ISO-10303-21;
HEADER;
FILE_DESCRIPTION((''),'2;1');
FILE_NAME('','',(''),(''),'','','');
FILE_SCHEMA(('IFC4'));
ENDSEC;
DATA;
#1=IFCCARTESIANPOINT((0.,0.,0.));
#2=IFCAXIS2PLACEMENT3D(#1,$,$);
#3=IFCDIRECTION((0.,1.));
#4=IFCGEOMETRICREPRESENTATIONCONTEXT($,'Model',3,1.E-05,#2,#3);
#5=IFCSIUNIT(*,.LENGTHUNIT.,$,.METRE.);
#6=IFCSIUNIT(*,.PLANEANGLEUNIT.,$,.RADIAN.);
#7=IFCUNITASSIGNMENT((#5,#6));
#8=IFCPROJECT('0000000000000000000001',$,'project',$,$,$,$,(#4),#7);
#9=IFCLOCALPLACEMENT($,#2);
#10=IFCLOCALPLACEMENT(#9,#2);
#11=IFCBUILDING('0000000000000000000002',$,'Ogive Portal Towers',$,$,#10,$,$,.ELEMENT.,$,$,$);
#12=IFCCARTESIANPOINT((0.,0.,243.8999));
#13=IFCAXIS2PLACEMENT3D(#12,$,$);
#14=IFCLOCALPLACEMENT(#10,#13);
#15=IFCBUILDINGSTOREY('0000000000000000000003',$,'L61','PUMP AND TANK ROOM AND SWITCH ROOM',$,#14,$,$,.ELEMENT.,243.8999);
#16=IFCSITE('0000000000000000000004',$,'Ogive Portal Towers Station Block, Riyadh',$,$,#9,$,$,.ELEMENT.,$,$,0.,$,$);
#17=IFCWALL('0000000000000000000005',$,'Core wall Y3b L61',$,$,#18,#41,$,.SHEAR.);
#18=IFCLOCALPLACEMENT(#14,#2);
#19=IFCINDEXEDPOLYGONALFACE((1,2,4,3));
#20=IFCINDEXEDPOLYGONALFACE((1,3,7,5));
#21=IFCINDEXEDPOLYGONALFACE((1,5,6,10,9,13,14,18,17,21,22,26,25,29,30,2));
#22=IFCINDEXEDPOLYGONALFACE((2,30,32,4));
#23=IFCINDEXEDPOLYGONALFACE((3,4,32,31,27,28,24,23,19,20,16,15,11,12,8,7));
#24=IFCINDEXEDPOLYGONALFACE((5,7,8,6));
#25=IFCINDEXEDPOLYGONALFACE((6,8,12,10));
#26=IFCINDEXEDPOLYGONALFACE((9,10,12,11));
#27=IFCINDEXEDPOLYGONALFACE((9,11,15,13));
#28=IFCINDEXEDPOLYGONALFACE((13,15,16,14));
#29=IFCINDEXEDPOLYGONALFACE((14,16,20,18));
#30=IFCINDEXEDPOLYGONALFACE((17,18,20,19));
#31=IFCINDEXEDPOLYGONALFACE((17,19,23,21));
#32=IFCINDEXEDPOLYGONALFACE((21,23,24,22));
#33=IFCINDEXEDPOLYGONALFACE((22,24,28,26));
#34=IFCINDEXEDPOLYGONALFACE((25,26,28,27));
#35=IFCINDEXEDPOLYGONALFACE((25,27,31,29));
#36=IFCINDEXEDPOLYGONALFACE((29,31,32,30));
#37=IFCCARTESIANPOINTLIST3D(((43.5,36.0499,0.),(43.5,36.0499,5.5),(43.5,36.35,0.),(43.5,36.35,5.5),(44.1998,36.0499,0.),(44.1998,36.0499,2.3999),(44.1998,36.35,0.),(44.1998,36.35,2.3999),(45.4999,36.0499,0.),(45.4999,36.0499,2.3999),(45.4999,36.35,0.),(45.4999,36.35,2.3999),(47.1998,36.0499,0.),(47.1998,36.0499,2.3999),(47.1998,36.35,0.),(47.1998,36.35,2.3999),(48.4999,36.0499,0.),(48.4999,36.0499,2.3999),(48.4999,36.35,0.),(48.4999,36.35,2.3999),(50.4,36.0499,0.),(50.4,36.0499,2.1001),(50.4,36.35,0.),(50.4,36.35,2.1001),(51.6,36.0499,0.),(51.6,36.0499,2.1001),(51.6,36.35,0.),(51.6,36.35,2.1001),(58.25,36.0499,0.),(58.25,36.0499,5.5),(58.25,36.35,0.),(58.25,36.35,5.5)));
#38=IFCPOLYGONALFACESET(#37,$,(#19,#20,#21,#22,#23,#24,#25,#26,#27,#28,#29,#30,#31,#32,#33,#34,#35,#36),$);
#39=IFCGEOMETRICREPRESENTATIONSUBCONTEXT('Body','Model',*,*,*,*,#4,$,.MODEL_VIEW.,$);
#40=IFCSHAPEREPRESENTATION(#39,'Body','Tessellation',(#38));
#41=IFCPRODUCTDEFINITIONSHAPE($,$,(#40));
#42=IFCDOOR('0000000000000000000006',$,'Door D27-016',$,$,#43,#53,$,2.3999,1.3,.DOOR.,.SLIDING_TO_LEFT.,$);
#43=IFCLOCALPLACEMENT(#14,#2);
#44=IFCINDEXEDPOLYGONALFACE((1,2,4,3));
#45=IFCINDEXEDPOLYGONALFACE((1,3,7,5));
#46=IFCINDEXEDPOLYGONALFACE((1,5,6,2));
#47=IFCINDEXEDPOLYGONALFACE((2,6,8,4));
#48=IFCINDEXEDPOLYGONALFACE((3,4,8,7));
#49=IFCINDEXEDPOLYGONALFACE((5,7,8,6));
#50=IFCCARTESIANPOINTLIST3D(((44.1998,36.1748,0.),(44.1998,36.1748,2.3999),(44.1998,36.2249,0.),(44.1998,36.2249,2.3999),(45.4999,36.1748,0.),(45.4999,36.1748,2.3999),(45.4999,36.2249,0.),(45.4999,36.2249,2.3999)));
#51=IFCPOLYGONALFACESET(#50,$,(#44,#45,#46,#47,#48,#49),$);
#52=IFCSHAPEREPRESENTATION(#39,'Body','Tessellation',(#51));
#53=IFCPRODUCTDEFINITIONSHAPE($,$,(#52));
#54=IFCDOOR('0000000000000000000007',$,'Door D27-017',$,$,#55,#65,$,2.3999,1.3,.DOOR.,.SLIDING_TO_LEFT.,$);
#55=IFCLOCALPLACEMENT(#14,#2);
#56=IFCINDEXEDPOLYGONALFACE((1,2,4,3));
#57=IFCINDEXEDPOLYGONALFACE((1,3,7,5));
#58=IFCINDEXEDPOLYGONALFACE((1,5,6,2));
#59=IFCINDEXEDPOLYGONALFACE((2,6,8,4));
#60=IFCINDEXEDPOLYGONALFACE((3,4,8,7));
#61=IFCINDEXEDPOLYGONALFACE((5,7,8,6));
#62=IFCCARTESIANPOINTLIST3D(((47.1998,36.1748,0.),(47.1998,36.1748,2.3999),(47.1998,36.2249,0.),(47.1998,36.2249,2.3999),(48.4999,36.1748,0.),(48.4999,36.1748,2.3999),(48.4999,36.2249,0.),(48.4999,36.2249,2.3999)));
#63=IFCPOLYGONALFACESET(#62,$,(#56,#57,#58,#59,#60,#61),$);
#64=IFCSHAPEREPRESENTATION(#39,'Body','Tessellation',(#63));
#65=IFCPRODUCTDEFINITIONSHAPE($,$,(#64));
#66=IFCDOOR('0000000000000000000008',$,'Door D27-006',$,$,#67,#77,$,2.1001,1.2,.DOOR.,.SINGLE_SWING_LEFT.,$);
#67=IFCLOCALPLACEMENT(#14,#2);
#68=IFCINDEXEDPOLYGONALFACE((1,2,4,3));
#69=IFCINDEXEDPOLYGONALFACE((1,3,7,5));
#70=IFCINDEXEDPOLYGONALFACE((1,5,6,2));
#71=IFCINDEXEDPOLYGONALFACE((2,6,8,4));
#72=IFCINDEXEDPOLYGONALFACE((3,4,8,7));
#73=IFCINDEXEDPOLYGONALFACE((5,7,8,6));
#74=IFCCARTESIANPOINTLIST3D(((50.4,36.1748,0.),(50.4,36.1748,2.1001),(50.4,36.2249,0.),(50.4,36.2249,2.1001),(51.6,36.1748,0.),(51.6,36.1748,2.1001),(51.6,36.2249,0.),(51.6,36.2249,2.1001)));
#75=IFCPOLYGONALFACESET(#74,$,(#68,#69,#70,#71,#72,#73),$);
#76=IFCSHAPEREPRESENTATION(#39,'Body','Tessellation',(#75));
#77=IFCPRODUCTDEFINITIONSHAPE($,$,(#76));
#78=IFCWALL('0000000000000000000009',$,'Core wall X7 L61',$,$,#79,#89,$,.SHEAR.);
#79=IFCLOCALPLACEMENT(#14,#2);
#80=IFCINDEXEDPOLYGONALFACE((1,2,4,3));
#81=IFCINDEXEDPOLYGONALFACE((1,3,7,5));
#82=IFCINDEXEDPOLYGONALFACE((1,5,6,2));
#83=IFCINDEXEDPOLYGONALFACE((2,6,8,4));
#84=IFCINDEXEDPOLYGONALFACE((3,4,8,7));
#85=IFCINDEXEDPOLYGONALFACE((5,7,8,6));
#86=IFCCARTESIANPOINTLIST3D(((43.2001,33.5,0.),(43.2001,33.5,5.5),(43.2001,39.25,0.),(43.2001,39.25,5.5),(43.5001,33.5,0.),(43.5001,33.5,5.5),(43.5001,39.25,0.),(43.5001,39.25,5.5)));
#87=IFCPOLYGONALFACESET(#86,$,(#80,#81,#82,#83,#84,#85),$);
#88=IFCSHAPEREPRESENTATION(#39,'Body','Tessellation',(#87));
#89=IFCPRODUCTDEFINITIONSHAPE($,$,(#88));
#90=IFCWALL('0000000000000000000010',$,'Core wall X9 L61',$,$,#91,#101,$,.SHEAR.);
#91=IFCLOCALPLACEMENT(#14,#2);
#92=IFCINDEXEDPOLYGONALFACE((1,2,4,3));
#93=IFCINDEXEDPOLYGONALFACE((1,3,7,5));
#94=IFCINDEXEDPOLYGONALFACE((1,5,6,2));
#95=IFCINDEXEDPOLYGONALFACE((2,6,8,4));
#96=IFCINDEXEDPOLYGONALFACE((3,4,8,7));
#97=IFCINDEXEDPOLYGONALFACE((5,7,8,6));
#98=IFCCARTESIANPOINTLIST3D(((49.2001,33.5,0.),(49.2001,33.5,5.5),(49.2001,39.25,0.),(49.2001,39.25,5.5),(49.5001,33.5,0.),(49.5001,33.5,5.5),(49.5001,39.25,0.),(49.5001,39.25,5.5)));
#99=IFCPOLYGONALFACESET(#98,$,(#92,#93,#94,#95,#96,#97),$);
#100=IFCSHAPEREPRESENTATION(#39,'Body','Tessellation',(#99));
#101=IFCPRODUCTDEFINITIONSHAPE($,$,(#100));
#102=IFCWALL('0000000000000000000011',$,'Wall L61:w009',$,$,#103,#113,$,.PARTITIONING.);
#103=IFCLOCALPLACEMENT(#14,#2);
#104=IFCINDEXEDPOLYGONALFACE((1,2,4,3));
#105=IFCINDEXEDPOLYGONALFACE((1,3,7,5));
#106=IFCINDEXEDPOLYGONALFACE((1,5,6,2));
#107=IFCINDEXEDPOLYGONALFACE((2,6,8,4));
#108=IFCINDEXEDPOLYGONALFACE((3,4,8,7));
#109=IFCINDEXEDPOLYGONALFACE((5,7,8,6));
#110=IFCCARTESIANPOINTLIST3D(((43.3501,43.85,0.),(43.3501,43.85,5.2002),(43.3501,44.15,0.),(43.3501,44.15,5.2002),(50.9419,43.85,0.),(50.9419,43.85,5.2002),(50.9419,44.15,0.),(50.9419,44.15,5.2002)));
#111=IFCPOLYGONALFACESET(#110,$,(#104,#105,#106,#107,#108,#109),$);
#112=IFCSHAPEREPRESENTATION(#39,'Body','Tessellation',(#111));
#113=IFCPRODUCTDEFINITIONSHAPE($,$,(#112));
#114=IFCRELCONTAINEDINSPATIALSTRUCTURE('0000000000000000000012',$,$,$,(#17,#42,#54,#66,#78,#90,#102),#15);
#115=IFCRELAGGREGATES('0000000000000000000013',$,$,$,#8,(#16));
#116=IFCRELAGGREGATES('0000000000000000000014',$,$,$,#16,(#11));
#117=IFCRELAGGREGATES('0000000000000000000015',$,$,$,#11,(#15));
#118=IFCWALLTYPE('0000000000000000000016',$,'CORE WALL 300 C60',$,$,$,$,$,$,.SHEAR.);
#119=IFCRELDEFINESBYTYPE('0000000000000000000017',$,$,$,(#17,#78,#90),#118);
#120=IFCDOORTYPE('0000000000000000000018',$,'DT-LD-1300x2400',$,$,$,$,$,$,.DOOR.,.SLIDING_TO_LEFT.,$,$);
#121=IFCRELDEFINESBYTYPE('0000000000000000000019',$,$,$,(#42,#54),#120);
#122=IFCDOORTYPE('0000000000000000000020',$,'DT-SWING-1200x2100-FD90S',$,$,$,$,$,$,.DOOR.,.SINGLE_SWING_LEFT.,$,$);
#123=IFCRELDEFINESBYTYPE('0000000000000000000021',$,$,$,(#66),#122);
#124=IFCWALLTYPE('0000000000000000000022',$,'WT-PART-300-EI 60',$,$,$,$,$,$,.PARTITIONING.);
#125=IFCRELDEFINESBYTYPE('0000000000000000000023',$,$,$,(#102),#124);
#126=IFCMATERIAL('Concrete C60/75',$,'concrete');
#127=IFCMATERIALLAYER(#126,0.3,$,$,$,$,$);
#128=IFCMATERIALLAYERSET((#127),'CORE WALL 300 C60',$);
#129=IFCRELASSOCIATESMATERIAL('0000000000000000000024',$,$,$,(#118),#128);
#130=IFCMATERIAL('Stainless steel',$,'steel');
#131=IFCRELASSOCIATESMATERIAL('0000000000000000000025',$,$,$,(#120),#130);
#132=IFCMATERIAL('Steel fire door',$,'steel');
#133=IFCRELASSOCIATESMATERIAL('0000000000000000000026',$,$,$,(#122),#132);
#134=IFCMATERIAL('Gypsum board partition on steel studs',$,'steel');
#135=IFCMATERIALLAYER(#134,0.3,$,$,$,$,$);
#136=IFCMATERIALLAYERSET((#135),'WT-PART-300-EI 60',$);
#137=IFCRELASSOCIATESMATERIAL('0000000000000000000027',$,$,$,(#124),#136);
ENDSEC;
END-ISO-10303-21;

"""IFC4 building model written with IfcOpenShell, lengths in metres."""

from ifc_helpers import new_model, si_unit, direction, frame, frame_2d, origin, place, context, subcontext, project, spatial, rectangle, extrude, material, layer, layer_set, type_object, element, fill, save


model = new_model("IFC4")

# Units and contexts
model_context = context("Model", 3, precision=1e-05, world=origin(), true_north=direction((0.0, 1.0)))
body_context = subcontext(model_context, "Body", "Model", "MODEL_VIEW")
ifc_project = project(units=[si_unit("LENGTHUNIT", "METRE"), si_unit("PLANEANGLEUNIT", "RADIAN")], contexts=[model_context])

# Site, building, storey
site_placement = place(None, origin())
site = spatial("IfcSite", under=ifc_project, at=site_placement, Name="Ogive Portal Towers Station Block, Riyadh", CompositionType="ELEMENT", RefElevation=0.0)
building_placement = place(site_placement, origin())
building = spatial("IfcBuilding", under=site, at=building_placement, Name="Ogive Portal Towers", CompositionType="ELEMENT")
storey_placement = place(building_placement, frame((0.0, 0.0, 243.8999)))
storey = spatial("IfcBuildingStorey", under=building, at=storey_placement, Name="L61", Description="PUMP AND TANK ROOM AND SWITCH ROOM", CompositionType="ELEMENT", Elevation=243.8999)

# Wall, openings, doors
ifc_material_1 = material(Name="Concrete C60/75", Category="concrete")
ifc_layer_1 = layer(ifc_material_1, 0.3)
ifc_layer_set_1 = layer_set([ifc_layer_1], Name="CORE WALL 300 C60")
wall_type_1 = type_object("IfcWallType", Name="CORE WALL 300 C60", PredefinedType="SHEAR", material=ifc_layer_set_1)
wall_1_placement = place(storey_placement, frame((43.5, 36.2, 0.0), z_axis=(0.0, 0.0, 1.0), x_axis=(1.0, 0.0, 0.0)))
wall_1 = element("IfcWall", 1, at=wall_1_placement, inside=storey, type_object=wall_type_1, Name="Core wall Y3b L61", PredefinedType="SHEAR", context=body_context, shape_type="SweptSolid", body=[
    extrude(rectangle(XDim=14.75, YDim=0.3, at=frame_2d((7.375, 0.0))), origin(), (0.0, 0.0, 1.0), 5.5),
])
opening_1_placement = place(wall_1_placement, frame((6.8999, 0.0, 0.0)))
opening_1 = element("IfcOpeningElement", 2, at=opening_1_placement, cuts=wall_1, PredefinedType="OPENING", context=body_context, shape_type="SweptSolid", body=[
    extrude(rectangle(XDim=1.2, YDim=2.1001, at=frame_2d((0.6001, 1.05))), frame((0.0, 0.1602, 0.0), z_axis=(0.0, -1.0, 0.0), x_axis=(1.0, 0.0, 0.0)), (0.0, 0.0, 1.0), 0.3201),
])
opening_2_placement = place(wall_1_placement, frame((0.7, 0.0, 0.0)))
opening_2 = element("IfcOpeningElement", 3, at=opening_2_placement, cuts=wall_1, PredefinedType="OPENING", context=body_context, shape_type="SweptSolid", body=[
    extrude(rectangle(XDim=1.3, YDim=2.3999, at=frame_2d((0.6499, 1.2))), frame((0.0, 0.1602, 0.0), z_axis=(0.0, -1.0, 0.0), x_axis=(1.0, 0.0, 0.0)), (0.0, 0.0, 1.0), 0.3201),
])
opening_3_placement = place(wall_1_placement, frame((3.7, 0.0, 0.0)))
opening_3 = element("IfcOpeningElement", 4, at=opening_3_placement, cuts=wall_1, PredefinedType="OPENING", context=body_context, shape_type="SweptSolid", body=[
    extrude(rectangle(XDim=1.3, YDim=2.3999, at=frame_2d((0.6499, 1.2))), frame((0.0, 0.1602, 0.0), z_axis=(0.0, -1.0, 0.0), x_axis=(1.0, 0.0, 0.0)), (0.0, 0.0, 1.0), 0.3201),
])
ifc_material_2 = material(Name="Stainless steel", Category="steel")
door_type_1 = type_object("IfcDoorType", Name="DT-LD-1300x2400", OperationType="SLIDING_TO_LEFT", PredefinedType="DOOR", material=ifc_material_2)
door_1_placement = place(opening_2_placement, origin())
door_1 = element("IfcDoor", 5, at=door_1_placement, inside=storey, type_object=door_type_1, Name="Door D27-016", OperationType="SLIDING_TO_LEFT", OverallHeight=2.3999, OverallWidth=1.3, PredefinedType="DOOR", context=body_context, shape_type="SweptSolid", body=[
    extrude(rectangle(XDim=1.3, YDim=2.3999, at=frame_2d((0.6499, 1.2))), frame((0.0, 0.0249, 0.0), z_axis=(0.0, -1.0, 0.0), x_axis=(1.0, 0.0, 0.0)), (0.0, 0.0, 1.0), 0.05),
])
fill(opening_2, door_1)
door_2_placement = place(opening_3_placement, origin())
door_2 = element("IfcDoor", 6, at=door_2_placement, inside=storey, type_object=door_type_1, Name="Door D27-017", OperationType="SLIDING_TO_LEFT", OverallHeight=2.3999, OverallWidth=1.3, PredefinedType="DOOR", context=body_context, shape_type="SweptSolid", body=[
    extrude(rectangle(XDim=1.3, YDim=2.3999, at=frame_2d((0.6499, 1.2))), frame((0.0, 0.0249, 0.0), z_axis=(0.0, -1.0, 0.0), x_axis=(1.0, 0.0, 0.0)), (0.0, 0.0, 1.0), 0.05),
])
fill(opening_3, door_2)
ifc_material_3 = material(Name="Steel fire door", Category="steel")
door_type_2 = type_object("IfcDoorType", Name="DT-SWING-1200x2100-FD90S", OperationType="SINGLE_SWING_LEFT", PredefinedType="DOOR", material=ifc_material_3)
door_3_placement = place(opening_1_placement, origin())
door_3 = element("IfcDoor", 7, at=door_3_placement, inside=storey, type_object=door_type_2, Name="Door D27-006", OperationType="SINGLE_SWING_LEFT", OverallHeight=2.1001, OverallWidth=1.2, PredefinedType="DOOR", context=body_context, shape_type="SweptSolid", body=[
    extrude(rectangle(XDim=1.2, YDim=2.1001, at=frame_2d((0.6001, 1.05))), frame((0.0, 0.0249, 0.0), z_axis=(0.0, -1.0, 0.0), x_axis=(1.0, 0.0, 0.0)), (0.0, 0.0, 1.0), 0.05),
])
fill(opening_1, door_3)

# Walls
for number, where, z_axis, x_axis, name in (
    (8, (43.3501, 33.5, 0.0), (0.0, 0.0, 1.0), (0.0, 1.0, 0.0), "Core wall X7 L61"),
    (9, (49.3501, 33.5, 0.0), (0.0, 0.0, 1.0), (0.0, 1.0, 0.0), "Core wall X9 L61"),
):
    element("IfcWall", number, at=place(storey_placement, frame(where, z_axis=z_axis, x_axis=x_axis)), inside=storey, type_object=wall_type_1, Name=name, PredefinedType="SHEAR", context=body_context, shape_type="SweptSolid", body=[
        extrude(rectangle(XDim=5.75, YDim=0.3, at=frame_2d((2.875, 0.0))), origin(), (0.0, 0.0, 1.0), 5.5),
    ])
ifc_material_4 = material(Name="Gypsum board partition on steel studs", Category="steel")
ifc_layer_2 = layer(ifc_material_4, 0.3)
ifc_layer_set_2 = layer_set([ifc_layer_2], Name="WT-PART-300-EI 60")
wall_type_2 = type_object("IfcWallType", Name="WT-PART-300-EI 60", PredefinedType="PARTITIONING", material=ifc_layer_set_2)
wall_2_placement = place(storey_placement, frame((43.3501, 44.0, 0.0), z_axis=(0.0, 0.0, 1.0), x_axis=(1.0, 0.0, 0.0)))
element("IfcWall", 10, at=wall_2_placement, inside=storey, type_object=wall_type_2, Name="Wall L61:w009", PredefinedType="PARTITIONING", context=body_context, shape_type="SweptSolid", body=[
    extrude(rectangle(XDim=7.5918, YDim=0.3, at=frame_2d((3.7959, 0.0))), origin(), (0.0, 0.0, 1.0), 5.2002),
])

save(model, "model.ifc")
